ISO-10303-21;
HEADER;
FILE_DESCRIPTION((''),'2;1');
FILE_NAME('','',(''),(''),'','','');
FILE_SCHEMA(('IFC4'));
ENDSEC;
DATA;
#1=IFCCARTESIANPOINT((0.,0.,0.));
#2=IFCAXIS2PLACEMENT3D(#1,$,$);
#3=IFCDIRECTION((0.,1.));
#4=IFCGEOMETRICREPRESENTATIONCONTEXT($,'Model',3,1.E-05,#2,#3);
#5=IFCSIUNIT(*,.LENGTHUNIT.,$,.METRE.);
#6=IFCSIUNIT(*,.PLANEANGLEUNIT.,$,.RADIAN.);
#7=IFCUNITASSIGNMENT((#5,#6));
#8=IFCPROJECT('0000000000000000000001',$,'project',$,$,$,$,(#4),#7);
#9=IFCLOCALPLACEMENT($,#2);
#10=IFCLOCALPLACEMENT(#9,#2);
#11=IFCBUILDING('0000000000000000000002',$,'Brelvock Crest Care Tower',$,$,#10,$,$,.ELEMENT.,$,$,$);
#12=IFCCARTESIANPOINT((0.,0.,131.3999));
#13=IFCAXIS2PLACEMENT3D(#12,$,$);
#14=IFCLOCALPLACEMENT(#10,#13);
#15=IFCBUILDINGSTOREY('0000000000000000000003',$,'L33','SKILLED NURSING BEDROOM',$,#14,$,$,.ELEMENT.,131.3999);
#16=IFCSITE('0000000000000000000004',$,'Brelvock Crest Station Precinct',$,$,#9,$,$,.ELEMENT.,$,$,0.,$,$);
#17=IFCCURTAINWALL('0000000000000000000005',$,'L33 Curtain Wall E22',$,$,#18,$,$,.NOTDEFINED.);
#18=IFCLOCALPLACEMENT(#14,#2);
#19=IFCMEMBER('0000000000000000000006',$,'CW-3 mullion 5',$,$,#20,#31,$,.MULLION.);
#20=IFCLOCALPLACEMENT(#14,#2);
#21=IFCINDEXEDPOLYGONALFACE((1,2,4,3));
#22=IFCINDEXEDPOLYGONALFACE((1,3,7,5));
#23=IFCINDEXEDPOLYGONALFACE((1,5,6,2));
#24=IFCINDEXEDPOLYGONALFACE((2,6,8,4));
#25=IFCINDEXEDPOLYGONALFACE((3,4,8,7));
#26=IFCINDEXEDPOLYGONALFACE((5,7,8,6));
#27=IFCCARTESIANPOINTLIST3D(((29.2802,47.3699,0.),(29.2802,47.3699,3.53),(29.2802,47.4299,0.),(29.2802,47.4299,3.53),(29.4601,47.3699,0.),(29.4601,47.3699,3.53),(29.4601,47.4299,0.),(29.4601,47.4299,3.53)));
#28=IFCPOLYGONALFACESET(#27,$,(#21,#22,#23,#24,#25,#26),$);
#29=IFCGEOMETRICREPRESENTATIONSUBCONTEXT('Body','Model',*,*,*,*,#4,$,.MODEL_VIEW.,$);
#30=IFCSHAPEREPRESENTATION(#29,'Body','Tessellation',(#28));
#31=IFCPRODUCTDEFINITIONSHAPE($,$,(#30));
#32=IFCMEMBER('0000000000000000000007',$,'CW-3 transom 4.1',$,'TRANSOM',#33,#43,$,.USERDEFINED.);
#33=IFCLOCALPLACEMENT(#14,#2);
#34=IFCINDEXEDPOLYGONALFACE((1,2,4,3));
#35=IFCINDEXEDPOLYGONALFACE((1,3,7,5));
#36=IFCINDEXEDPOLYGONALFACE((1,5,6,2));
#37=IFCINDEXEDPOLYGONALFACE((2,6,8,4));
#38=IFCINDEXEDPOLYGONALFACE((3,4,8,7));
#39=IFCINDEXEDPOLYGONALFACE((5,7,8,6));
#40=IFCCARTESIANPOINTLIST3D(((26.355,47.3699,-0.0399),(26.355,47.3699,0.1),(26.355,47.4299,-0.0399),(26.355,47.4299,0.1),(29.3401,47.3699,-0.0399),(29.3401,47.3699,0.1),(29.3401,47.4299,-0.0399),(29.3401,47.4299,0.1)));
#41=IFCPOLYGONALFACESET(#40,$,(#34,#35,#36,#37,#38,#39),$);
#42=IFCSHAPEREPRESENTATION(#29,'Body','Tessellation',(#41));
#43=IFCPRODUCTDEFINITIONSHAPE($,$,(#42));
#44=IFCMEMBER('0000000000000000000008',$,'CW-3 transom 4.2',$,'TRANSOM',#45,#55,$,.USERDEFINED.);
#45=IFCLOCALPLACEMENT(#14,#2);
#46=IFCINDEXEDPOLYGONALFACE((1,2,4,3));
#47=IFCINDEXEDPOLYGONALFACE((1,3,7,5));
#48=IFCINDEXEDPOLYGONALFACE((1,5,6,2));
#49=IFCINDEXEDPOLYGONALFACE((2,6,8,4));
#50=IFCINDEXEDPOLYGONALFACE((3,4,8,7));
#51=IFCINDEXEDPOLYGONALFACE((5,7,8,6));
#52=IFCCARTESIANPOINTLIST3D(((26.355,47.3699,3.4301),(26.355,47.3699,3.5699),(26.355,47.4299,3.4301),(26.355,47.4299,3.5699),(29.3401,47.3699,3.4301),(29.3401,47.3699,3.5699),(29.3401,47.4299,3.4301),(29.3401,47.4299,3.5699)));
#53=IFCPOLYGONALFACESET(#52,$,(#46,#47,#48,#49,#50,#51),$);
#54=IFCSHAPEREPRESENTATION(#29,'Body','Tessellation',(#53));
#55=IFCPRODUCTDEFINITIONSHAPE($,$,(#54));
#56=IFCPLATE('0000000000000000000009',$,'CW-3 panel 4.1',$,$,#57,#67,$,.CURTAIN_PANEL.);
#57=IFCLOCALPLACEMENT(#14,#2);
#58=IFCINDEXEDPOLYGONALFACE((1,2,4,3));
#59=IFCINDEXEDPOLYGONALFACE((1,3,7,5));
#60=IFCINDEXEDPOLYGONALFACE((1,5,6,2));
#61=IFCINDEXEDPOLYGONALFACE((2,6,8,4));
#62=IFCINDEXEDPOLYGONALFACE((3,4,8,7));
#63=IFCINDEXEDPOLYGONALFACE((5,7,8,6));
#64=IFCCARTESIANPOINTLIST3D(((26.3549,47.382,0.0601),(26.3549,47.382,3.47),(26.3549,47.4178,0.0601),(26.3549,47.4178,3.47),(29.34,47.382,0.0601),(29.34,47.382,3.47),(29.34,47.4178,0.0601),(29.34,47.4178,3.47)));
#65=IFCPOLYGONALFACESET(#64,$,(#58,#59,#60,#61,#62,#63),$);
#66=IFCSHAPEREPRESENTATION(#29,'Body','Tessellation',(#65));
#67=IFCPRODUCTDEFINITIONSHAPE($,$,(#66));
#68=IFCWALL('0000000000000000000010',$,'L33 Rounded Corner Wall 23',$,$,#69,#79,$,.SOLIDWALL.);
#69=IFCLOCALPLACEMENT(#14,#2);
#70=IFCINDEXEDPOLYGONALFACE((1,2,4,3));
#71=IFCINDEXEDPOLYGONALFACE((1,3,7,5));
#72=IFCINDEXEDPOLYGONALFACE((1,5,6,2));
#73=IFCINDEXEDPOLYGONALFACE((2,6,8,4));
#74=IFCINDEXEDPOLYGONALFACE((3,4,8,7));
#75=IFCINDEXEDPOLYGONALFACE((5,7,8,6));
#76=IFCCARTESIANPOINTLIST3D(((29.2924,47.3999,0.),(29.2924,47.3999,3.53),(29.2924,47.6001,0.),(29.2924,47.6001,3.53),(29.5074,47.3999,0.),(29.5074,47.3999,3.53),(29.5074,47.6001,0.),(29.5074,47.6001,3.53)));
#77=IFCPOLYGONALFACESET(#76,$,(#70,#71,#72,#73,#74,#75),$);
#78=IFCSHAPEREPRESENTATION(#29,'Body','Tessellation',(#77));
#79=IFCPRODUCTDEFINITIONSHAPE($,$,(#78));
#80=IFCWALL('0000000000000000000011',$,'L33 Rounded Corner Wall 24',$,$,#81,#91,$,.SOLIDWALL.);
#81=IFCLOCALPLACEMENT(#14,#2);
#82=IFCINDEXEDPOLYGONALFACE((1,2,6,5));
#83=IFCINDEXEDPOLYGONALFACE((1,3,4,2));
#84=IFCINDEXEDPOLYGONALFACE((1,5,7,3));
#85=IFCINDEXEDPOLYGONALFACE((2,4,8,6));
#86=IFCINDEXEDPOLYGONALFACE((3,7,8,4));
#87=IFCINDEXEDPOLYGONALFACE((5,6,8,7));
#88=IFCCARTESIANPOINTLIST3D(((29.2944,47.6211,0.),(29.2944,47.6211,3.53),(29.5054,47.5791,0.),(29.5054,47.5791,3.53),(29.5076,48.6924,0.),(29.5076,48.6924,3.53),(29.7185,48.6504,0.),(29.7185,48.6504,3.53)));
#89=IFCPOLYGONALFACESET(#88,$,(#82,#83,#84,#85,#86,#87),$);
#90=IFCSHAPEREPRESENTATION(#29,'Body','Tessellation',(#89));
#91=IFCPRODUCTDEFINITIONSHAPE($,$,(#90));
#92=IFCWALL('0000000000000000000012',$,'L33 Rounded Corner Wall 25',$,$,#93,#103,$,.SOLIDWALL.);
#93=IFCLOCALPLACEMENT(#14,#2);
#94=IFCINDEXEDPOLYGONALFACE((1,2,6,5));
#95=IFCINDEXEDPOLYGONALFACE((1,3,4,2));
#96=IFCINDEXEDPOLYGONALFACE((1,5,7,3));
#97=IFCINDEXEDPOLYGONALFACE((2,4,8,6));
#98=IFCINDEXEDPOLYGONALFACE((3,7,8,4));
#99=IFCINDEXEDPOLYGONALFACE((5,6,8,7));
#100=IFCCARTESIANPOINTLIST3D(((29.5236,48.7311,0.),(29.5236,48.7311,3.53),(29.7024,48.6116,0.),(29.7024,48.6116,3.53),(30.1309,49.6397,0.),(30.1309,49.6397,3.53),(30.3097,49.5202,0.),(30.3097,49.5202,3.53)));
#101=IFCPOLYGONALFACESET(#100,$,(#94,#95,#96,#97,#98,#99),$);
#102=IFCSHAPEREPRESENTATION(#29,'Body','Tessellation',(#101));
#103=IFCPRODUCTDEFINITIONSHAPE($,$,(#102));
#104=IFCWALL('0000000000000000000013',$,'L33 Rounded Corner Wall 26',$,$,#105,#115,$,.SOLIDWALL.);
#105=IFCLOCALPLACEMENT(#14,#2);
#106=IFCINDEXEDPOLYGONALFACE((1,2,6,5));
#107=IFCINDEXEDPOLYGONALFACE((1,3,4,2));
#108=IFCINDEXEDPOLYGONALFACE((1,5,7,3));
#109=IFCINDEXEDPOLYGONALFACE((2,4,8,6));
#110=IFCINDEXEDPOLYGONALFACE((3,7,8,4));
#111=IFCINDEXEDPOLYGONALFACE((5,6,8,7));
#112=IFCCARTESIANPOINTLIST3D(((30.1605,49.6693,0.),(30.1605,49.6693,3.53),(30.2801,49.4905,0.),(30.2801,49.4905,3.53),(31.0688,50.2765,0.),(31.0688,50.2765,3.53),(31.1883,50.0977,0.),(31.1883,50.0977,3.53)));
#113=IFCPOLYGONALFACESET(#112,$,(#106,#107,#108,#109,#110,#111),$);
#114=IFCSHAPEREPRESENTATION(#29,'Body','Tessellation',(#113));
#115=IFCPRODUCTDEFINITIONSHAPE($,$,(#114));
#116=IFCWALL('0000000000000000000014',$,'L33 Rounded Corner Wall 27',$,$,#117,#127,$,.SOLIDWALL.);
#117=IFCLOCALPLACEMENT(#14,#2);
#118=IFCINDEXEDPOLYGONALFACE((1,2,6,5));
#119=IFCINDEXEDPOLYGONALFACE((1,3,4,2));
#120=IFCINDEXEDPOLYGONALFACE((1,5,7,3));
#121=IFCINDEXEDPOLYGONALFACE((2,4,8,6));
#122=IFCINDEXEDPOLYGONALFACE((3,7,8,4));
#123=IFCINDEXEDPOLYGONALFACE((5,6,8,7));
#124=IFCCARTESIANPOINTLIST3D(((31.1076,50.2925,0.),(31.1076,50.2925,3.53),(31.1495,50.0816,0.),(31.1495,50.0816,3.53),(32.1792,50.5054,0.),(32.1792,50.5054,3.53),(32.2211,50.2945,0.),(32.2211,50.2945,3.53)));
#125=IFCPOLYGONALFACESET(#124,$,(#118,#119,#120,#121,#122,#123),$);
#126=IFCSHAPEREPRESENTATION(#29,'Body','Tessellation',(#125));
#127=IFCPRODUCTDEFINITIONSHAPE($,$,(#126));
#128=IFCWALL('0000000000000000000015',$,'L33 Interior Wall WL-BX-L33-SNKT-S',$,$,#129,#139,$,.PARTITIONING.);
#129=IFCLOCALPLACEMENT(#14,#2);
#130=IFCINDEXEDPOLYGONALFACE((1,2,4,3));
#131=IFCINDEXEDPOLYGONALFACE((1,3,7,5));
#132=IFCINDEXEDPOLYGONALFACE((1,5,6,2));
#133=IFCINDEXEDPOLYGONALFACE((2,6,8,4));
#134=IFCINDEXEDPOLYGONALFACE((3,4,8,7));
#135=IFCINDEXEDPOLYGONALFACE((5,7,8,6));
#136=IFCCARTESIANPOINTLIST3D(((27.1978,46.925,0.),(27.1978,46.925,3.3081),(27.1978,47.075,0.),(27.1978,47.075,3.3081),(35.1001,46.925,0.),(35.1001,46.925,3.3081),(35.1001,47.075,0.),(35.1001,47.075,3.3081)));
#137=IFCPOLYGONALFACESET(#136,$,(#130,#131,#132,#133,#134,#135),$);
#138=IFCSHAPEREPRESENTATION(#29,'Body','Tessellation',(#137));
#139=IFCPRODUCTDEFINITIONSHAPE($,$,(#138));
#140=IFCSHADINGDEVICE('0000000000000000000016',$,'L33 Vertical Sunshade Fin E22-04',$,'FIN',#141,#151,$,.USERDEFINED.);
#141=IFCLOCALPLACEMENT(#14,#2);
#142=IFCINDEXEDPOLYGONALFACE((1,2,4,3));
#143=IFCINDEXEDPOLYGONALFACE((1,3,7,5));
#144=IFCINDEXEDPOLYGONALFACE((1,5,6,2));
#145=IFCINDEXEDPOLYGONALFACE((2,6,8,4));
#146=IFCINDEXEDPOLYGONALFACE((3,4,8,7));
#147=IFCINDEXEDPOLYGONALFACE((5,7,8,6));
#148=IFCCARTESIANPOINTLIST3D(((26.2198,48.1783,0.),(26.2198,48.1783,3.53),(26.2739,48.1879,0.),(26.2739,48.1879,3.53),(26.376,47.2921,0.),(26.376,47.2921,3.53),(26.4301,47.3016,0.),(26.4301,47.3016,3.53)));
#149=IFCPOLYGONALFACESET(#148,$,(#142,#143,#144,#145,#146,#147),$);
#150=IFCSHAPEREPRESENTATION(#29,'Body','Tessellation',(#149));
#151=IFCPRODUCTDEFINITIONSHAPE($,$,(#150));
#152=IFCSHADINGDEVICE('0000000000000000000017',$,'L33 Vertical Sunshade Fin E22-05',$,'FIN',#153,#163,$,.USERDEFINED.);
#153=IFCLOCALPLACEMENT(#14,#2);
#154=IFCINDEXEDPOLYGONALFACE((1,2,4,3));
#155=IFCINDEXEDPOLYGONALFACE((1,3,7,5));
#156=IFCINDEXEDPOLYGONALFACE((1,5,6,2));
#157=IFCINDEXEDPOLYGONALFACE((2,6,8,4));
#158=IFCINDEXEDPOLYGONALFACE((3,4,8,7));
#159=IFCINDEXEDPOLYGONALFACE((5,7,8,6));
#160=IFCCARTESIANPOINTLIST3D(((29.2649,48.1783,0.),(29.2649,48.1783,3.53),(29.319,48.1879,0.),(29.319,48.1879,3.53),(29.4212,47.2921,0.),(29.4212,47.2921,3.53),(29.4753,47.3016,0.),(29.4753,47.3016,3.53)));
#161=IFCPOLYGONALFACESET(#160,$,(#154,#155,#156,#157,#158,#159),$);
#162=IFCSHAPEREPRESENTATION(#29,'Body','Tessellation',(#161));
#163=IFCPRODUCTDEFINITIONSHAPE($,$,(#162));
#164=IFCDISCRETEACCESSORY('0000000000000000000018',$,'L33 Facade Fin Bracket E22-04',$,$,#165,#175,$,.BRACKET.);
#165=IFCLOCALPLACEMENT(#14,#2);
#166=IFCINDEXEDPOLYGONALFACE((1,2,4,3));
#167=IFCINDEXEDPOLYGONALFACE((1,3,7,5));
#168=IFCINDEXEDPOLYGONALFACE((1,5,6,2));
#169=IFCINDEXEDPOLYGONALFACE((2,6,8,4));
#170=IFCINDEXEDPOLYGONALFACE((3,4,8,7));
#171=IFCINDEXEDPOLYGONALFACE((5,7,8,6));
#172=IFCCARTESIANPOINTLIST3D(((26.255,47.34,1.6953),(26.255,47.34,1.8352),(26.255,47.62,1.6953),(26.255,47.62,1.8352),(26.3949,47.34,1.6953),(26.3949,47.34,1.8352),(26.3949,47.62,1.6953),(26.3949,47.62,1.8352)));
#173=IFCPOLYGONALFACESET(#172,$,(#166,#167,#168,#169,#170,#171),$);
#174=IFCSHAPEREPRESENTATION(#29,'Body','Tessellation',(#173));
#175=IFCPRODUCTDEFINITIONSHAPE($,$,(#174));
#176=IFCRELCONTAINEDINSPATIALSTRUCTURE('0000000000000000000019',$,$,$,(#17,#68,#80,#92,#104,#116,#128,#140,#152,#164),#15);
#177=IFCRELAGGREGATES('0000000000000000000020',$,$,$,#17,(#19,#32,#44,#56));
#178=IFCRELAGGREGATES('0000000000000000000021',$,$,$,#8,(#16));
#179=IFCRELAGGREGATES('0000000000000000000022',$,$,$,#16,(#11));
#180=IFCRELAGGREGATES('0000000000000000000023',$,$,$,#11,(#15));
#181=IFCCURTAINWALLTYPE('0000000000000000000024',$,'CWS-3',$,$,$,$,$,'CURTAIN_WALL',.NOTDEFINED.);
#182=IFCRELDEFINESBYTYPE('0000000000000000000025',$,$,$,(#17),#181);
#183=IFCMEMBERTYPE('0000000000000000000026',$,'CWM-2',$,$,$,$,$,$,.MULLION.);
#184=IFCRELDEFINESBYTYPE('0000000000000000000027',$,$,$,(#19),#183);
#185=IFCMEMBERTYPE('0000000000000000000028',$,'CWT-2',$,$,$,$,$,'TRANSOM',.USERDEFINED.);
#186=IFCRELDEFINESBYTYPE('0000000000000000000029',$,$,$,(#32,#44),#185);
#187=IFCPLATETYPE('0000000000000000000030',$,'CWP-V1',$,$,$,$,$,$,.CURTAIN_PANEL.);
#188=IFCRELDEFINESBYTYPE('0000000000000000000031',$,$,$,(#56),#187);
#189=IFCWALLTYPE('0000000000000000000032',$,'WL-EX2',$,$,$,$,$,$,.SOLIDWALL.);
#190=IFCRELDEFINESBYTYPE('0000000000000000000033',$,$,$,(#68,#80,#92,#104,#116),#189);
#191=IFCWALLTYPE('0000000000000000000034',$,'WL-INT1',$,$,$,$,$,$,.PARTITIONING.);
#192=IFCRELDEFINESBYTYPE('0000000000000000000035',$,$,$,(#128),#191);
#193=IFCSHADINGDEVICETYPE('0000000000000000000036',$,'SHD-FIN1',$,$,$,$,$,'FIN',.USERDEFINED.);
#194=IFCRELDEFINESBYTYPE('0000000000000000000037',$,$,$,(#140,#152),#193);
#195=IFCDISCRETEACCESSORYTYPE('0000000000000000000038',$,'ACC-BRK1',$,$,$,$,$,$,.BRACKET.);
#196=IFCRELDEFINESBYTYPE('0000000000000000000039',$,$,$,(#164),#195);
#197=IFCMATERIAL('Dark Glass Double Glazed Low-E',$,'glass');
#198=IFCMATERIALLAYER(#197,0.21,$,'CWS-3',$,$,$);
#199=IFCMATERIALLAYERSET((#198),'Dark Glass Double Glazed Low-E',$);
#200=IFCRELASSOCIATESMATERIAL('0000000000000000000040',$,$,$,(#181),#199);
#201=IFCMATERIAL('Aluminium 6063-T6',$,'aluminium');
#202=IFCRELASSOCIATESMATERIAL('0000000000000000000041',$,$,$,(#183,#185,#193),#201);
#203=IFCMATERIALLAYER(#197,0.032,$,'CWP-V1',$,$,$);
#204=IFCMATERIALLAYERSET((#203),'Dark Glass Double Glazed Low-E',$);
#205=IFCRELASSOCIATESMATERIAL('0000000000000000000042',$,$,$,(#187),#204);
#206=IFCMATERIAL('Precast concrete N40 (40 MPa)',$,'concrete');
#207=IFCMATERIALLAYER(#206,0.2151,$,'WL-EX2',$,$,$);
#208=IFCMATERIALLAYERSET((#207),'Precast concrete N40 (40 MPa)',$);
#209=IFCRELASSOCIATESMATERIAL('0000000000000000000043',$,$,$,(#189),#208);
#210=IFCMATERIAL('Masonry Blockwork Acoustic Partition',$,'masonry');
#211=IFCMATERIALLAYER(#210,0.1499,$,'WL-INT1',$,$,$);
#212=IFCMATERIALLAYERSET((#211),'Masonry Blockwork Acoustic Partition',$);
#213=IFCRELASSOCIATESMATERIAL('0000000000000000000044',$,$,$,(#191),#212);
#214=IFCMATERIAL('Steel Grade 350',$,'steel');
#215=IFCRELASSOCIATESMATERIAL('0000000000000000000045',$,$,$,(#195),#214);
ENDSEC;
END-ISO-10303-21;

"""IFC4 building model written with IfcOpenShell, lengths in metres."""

from ifc_helpers import new_model, si_unit, direction, frame, frame_2d, origin, origin_2d, place, context, subcontext, project, spatial, rectangle, extrude, source, transform, mapped, material, layer, layer_set, material_profile, profile_set, type_object, element, aggregate, save


model = new_model("IFC4")

# Units and contexts
model_context = context("Model", 3, precision=1e-05, world=origin(), true_north=direction((0.0, 1.0)))
body_context = subcontext(model_context, "Body", "Model", "MODEL_VIEW")
ifc_project = project(units=[si_unit("LENGTHUNIT", "METRE"), si_unit("PLANEANGLEUNIT", "RADIAN")], contexts=[model_context])

# Site, building, storey
site_placement = place(None, origin())
site = spatial("IfcSite", under=ifc_project, at=site_placement, Name="Brelvock Crest Station Precinct", CompositionType="ELEMENT", RefElevation=0.0)
building_placement = place(site_placement, origin())
building = spatial("IfcBuilding", under=site, at=building_placement, Name="Brelvock Crest Care Tower", CompositionType="ELEMENT")
storey_placement = place(building_placement, frame((0.0, 0.0, 131.3999)))
storey = spatial("IfcBuildingStorey", under=building, at=storey_placement, Name="L33", Description="SKILLED NURSING BEDROOM", CompositionType="ELEMENT", Elevation=131.3999)

# Shared definitions
ifc_material_1 = material(Name="Steel Grade 350", Category="steel")

# Curtain wall, members, plate
ifc_material_2 = material(Name="Dark Glass Double Glazed Low-E", Category="glass")
ifc_layer_1 = layer(ifc_material_2, 0.21, Name="CWS-3")
ifc_layer_set_1 = layer_set([ifc_layer_1], Name="Dark Glass Double Glazed Low-E")
curtain_wall_type = type_object("IfcCurtainWallType", Name="CWS-3", ElementType="CURTAIN_WALL", PredefinedType="NOTDEFINED", material=ifc_layer_set_1)
curtain_wall_placement = place(storey_placement, origin())
curtain_wall = element("IfcCurtainWall", 1, at=curtain_wall_placement, inside=storey, type_object=curtain_wall_type, Name="L33 Curtain Wall E22", PredefinedType="NOTDEFINED")
ifc_material_3 = material(Name="Aluminium 6063-T6", Category="aluminium")
ifc_material_profile_1 = material_profile(ifc_material_3, rectangle(XDim=0.0601, YDim=0.1799, at=origin_2d()), Name="ALU60x180")
ifc_profile_set_1 = profile_set([ifc_material_profile_1], Name="Aluminium 6063-T6")
member_type_1 = type_object("IfcMemberType", Name="CWM-2", PredefinedType="MULLION", material=ifc_profile_set_1)
shared_shape_1 = source(origin(), body_context, "Body", "SweptSolid", [
    extrude(rectangle(XDim=0.0601, YDim=0.1799, at=origin_2d()), origin(), (0.0, 0.0, 1.0), 3.53),
])
member_1_placement = place(storey_placement, frame((29.3701, 47.3999, 0.0), z_axis=(0.0, 0.0, 1.0), x_axis=(0.0, 1.0, 0.0)))
member_1 = element("IfcMember", 2, at=member_1_placement, type_object=member_type_1, Name="CW-3 mullion 5", PredefinedType="MULLION", context=body_context, shape_type="MappedRepresentation", body=[
    mapped(shared_shape_1, transform((0.0, 0.0, 0.0), x_axis=(1.0, 0.0, 0.0), y_axis=(0.0, 1.0, 0.0), z_axis=(0.0, 0.0, 1.0), scale=1.0)),
])
ifc_material_profile_2 = material_profile(ifc_material_3, rectangle(XDim=0.0601, YDim=0.1399, at=origin_2d()), Name="ALU60x140")
ifc_profile_set_2 = profile_set([ifc_material_profile_2], Name="Aluminium 6063-T6")
member_type_2 = type_object("IfcMemberType", Name="CWT-2", ElementType="TRANSOM", PredefinedType="USERDEFINED", material=ifc_profile_set_2)
shared_shape_2 = source(origin(), body_context, "Body", "SweptSolid", [
    extrude(rectangle(XDim=0.0601, YDim=0.1399, at=origin_2d()), origin(), (0.0, 0.0, 1.0), 2.9851),
])
member_2_placement = place(storey_placement, frame((26.355, 47.3999, 0.03), z_axis=(1.0, 0.0, 0.0), x_axis=(0.0, 1.0, 0.0)))
member_2 = element("IfcMember", 3, at=member_2_placement, type_object=member_type_2, Name="CW-3 transom 4.1", ObjectType="TRANSOM", PredefinedType="USERDEFINED", context=body_context, shape_type="MappedRepresentation", body=[
    mapped(shared_shape_2, transform((0.0, 0.0, 0.0), x_axis=(1.0, 0.0, 0.0), y_axis=(0.0, 1.0, 0.0), z_axis=(0.0, 0.0, 1.0), scale=1.0)),
])
member_3_placement = place(storey_placement, frame((26.355, 47.3999, 3.5), z_axis=(1.0, 0.0, 0.0), x_axis=(0.0, 1.0, 0.0)))
member_3 = element("IfcMember", 4, at=member_3_placement, type_object=member_type_2, Name="CW-3 transom 4.2", ObjectType="TRANSOM", PredefinedType="USERDEFINED", context=body_context, shape_type="MappedRepresentation", body=[
    mapped(shared_shape_2, transform((0.0, 0.0, 0.0), x_axis=(1.0, 0.0, 0.0), y_axis=(0.0, 1.0, 0.0), z_axis=(0.0, 0.0, 1.0), scale=1.0)),
])
ifc_layer_2 = layer(ifc_material_2, 0.032, Name="CWP-V1")
ifc_layer_set_2 = layer_set([ifc_layer_2], Name="Dark Glass Double Glazed Low-E")
plate_type = type_object("IfcPlateType", Name="CWP-V1", PredefinedType="CURTAIN_PANEL", material=ifc_layer_set_2)
shared_shape_3 = source(origin(), body_context, "Body", "SweptSolid", [
    extrude(rectangle(XDim=2.9851, YDim=0.0359, at=origin_2d()), origin(), (0.0, 0.0, 1.0), 3.4099),
])
plate_placement = place(storey_placement, frame((27.8474, 47.3999, 0.0601), z_axis=(0.0, 0.0, 1.0), x_axis=(1.0, 0.0, 0.0)))
plate = element("IfcPlate", 5, at=plate_placement, type_object=plate_type, Name="CW-3 panel 4.1", PredefinedType="CURTAIN_PANEL", context=body_context, shape_type="MappedRepresentation", body=[
    mapped(shared_shape_3, transform((0.0, 0.0, 0.0), x_axis=(1.0, 0.0, 0.0), y_axis=(0.0, 1.0, 0.0), z_axis=(0.0, 0.0, 1.0), scale=1.0)),
])
aggregate(curtain_wall, [member_1, member_2, member_3, plate])

# Walls
ifc_material_4 = material(Name="Precast concrete N40 (40 MPa)", Category="concrete")
ifc_layer_3 = layer(ifc_material_4, 0.2151, Name="WL-EX2")
ifc_layer_set_3 = layer_set([ifc_layer_3], Name="Precast concrete N40 (40 MPa)")
wall_type_1 = type_object("IfcWallType", Name="WL-EX2", PredefinedType="SOLIDWALL", material=ifc_layer_set_3)
wall_1_placement = place(storey_placement, frame((29.3999, 47.3999, 0.0), z_axis=(0.0, 0.0, 1.0), x_axis=(0.0, 1.0, 0.0)))
element("IfcWall", 6, at=wall_1_placement, inside=storey, type_object=wall_type_1, Name="L33 Rounded Corner Wall 23", PredefinedType="SOLIDWALL", context=body_context, shape_type="SweptSolid", body=[
    extrude(rectangle(XDim=0.2002, YDim=0.2151, at=frame_2d((0.1001, 0.0))), origin(), (0.0, 0.0, 1.0), 3.53),
])
wall_2_placement = place(storey_placement, frame((29.3999, 47.6001, 0.0), z_axis=(0.0, 0.0, 1.0), x_axis=(0.195127, 0.980778, 0.0)))
element("IfcWall", 7, at=wall_2_placement, inside=storey, type_object=wall_type_1, Name="L33 Rounded Corner Wall 24", PredefinedType="SOLIDWALL", context=body_context, shape_type="SweptSolid", body=[
    extrude(rectangle(XDim=1.0923, YDim=0.2151, at=frame_2d((0.5461, 0.0))), origin(), (0.0, 0.0, 1.0), 3.53),
])
wall_3_placement = place(storey_placement, frame((29.613, 48.6714, 0.0), z_axis=(0.0, 0.0, 1.0), x_axis=(0.555679, 0.831397, 0.0)))
element("IfcWall", 8, at=wall_3_placement, inside=storey, type_object=wall_type_1, Name="L33 Rounded Corner Wall 25", PredefinedType="SOLIDWALL", context=body_context, shape_type="SweptSolid", body=[
    extrude(rectangle(XDim=1.0928, YDim=0.2151, at=frame_2d((0.5464, 0.0))), origin(), (0.0, 0.0, 1.0), 3.53),
])
for number, where, z_axis, x_axis, name in (
    (9, (30.2202, 49.5798, 0.0), (0.0, 0.0, 1.0), (0.831328, 0.555783, 0.0), "L33 Rounded Corner Wall 26"),
    (10, (31.1284, 50.187, 0.0), (0.0, 0.0, 1.0), (0.980829, 0.19487, 0.0), "L33 Rounded Corner Wall 27"),
):
    element("IfcWall", number, at=place(storey_placement, frame(where, z_axis=z_axis, x_axis=x_axis)), inside=storey, type_object=wall_type_1, Name=name, PredefinedType="SOLIDWALL", context=body_context, shape_type="SweptSolid", body=[
        extrude(rectangle(XDim=1.0925, YDim=0.2151, at=frame_2d((0.5464, 0.0))), origin(), (0.0, 0.0, 1.0), 3.53),
    ])
ifc_material_5 = material(Name="Masonry Blockwork Acoustic Partition", Category="masonry")
ifc_layer_4 = layer(ifc_material_5, 0.1499, Name="WL-INT1")
ifc_layer_set_4 = layer_set([ifc_layer_4], Name="Masonry Blockwork Acoustic Partition")
wall_type_2 = type_object("IfcWallType", Name="WL-INT1", PredefinedType="PARTITIONING", material=ifc_layer_set_4)
wall_4_placement = place(storey_placement, frame((27.1978, 47.0, 0.0), z_axis=(0.0, 0.0, 1.0), x_axis=(1.0, 0.0, 0.0)))
element("IfcWall", 11, at=wall_4_placement, inside=storey, type_object=wall_type_2, Name="L33 Interior Wall WL-BX-L33-SNKT-S", PredefinedType="PARTITIONING", context=body_context, shape_type="SweptSolid", body=[
    extrude(rectangle(XDim=7.9023, YDim=0.1499, at=frame_2d((3.9512, 0.0))), origin(), (0.0, 0.0, 1.0), 3.3081),
])

# Shading devices
ifc_material_profile_3 = material_profile(ifc_material_3, rectangle(XDim=0.0549, YDim=0.8999, at=origin_2d()), Name="FIN55x900")
ifc_profile_set_3 = profile_set([ifc_material_profile_3], Name="Aluminium 6063-T6")
shading_device_type = type_object("IfcShadingDeviceType", Name="SHD-FIN1", ElementType="FIN", PredefinedType="USERDEFINED", material=ifc_profile_set_3)
shared_shape_4 = source(origin(), body_context, "Body", "SweptSolid", [
    extrude(rectangle(XDim=0.0549, YDim=0.8999, at=origin_2d()), origin(), (0.0, 0.0, 1.0), 3.53),
])
for number, where, z_axis, x_axis, name in (
    (12, (26.325, 47.74, 0.0), (0.0, 0.0, 1.0), (0.984808, 0.173648, 0.0), "L33 Vertical Sunshade Fin E22-04"),
    (13, (29.3701, 47.74, 0.0), (0.0, 0.0, 1.0), (0.984808, 0.173648, 0.0), "L33 Vertical Sunshade Fin E22-05"),
):
    element("IfcShadingDevice", number, at=place(storey_placement, frame(where, z_axis=z_axis, x_axis=x_axis)), inside=storey, type_object=shading_device_type, Name=name, ObjectType="FIN", PredefinedType="USERDEFINED", context=body_context, shape_type="MappedRepresentation", body=[
        mapped(shared_shape_4, transform((0.0, 0.0, 0.0), x_axis=(1.0, 0.0, 0.0), y_axis=(0.0, 1.0, 0.0), z_axis=(0.0, 0.0, 1.0), scale=1.0)),
    ])

# Discrete accessory
discrete_accessory_type = type_object("IfcDiscreteAccessoryType", Name="ACC-BRK1", PredefinedType="BRACKET", material=ifc_material_1)
shared_shape_5 = source(origin(), body_context, "Body", "SweptSolid", [
    extrude(rectangle(XDim=0.28, YDim=0.1399, at=origin_2d()), origin(), (0.0, 0.0, 1.0), 0.1399),
])
for number, where, z_axis, x_axis, name in (
    (14, (26.325, 47.48, 1.6953), (0.0, 0.0, 1.0), (0.0, 1.0, 0.0), "L33 Facade Fin Bracket E22-04"),
):
    element("IfcDiscreteAccessory", number, at=place(storey_placement, frame(where, z_axis=z_axis, x_axis=x_axis)), inside=storey, type_object=discrete_accessory_type, Name=name, PredefinedType="BRACKET", context=body_context, shape_type="MappedRepresentation", body=[
        mapped(shared_shape_5, transform((0.0, 0.0, 0.0), x_axis=(1.0, 0.0, 0.0), y_axis=(0.0, 1.0, 0.0), z_axis=(0.0, 0.0, 1.0), scale=1.0)),
    ])

save(model, "model.ifc")
